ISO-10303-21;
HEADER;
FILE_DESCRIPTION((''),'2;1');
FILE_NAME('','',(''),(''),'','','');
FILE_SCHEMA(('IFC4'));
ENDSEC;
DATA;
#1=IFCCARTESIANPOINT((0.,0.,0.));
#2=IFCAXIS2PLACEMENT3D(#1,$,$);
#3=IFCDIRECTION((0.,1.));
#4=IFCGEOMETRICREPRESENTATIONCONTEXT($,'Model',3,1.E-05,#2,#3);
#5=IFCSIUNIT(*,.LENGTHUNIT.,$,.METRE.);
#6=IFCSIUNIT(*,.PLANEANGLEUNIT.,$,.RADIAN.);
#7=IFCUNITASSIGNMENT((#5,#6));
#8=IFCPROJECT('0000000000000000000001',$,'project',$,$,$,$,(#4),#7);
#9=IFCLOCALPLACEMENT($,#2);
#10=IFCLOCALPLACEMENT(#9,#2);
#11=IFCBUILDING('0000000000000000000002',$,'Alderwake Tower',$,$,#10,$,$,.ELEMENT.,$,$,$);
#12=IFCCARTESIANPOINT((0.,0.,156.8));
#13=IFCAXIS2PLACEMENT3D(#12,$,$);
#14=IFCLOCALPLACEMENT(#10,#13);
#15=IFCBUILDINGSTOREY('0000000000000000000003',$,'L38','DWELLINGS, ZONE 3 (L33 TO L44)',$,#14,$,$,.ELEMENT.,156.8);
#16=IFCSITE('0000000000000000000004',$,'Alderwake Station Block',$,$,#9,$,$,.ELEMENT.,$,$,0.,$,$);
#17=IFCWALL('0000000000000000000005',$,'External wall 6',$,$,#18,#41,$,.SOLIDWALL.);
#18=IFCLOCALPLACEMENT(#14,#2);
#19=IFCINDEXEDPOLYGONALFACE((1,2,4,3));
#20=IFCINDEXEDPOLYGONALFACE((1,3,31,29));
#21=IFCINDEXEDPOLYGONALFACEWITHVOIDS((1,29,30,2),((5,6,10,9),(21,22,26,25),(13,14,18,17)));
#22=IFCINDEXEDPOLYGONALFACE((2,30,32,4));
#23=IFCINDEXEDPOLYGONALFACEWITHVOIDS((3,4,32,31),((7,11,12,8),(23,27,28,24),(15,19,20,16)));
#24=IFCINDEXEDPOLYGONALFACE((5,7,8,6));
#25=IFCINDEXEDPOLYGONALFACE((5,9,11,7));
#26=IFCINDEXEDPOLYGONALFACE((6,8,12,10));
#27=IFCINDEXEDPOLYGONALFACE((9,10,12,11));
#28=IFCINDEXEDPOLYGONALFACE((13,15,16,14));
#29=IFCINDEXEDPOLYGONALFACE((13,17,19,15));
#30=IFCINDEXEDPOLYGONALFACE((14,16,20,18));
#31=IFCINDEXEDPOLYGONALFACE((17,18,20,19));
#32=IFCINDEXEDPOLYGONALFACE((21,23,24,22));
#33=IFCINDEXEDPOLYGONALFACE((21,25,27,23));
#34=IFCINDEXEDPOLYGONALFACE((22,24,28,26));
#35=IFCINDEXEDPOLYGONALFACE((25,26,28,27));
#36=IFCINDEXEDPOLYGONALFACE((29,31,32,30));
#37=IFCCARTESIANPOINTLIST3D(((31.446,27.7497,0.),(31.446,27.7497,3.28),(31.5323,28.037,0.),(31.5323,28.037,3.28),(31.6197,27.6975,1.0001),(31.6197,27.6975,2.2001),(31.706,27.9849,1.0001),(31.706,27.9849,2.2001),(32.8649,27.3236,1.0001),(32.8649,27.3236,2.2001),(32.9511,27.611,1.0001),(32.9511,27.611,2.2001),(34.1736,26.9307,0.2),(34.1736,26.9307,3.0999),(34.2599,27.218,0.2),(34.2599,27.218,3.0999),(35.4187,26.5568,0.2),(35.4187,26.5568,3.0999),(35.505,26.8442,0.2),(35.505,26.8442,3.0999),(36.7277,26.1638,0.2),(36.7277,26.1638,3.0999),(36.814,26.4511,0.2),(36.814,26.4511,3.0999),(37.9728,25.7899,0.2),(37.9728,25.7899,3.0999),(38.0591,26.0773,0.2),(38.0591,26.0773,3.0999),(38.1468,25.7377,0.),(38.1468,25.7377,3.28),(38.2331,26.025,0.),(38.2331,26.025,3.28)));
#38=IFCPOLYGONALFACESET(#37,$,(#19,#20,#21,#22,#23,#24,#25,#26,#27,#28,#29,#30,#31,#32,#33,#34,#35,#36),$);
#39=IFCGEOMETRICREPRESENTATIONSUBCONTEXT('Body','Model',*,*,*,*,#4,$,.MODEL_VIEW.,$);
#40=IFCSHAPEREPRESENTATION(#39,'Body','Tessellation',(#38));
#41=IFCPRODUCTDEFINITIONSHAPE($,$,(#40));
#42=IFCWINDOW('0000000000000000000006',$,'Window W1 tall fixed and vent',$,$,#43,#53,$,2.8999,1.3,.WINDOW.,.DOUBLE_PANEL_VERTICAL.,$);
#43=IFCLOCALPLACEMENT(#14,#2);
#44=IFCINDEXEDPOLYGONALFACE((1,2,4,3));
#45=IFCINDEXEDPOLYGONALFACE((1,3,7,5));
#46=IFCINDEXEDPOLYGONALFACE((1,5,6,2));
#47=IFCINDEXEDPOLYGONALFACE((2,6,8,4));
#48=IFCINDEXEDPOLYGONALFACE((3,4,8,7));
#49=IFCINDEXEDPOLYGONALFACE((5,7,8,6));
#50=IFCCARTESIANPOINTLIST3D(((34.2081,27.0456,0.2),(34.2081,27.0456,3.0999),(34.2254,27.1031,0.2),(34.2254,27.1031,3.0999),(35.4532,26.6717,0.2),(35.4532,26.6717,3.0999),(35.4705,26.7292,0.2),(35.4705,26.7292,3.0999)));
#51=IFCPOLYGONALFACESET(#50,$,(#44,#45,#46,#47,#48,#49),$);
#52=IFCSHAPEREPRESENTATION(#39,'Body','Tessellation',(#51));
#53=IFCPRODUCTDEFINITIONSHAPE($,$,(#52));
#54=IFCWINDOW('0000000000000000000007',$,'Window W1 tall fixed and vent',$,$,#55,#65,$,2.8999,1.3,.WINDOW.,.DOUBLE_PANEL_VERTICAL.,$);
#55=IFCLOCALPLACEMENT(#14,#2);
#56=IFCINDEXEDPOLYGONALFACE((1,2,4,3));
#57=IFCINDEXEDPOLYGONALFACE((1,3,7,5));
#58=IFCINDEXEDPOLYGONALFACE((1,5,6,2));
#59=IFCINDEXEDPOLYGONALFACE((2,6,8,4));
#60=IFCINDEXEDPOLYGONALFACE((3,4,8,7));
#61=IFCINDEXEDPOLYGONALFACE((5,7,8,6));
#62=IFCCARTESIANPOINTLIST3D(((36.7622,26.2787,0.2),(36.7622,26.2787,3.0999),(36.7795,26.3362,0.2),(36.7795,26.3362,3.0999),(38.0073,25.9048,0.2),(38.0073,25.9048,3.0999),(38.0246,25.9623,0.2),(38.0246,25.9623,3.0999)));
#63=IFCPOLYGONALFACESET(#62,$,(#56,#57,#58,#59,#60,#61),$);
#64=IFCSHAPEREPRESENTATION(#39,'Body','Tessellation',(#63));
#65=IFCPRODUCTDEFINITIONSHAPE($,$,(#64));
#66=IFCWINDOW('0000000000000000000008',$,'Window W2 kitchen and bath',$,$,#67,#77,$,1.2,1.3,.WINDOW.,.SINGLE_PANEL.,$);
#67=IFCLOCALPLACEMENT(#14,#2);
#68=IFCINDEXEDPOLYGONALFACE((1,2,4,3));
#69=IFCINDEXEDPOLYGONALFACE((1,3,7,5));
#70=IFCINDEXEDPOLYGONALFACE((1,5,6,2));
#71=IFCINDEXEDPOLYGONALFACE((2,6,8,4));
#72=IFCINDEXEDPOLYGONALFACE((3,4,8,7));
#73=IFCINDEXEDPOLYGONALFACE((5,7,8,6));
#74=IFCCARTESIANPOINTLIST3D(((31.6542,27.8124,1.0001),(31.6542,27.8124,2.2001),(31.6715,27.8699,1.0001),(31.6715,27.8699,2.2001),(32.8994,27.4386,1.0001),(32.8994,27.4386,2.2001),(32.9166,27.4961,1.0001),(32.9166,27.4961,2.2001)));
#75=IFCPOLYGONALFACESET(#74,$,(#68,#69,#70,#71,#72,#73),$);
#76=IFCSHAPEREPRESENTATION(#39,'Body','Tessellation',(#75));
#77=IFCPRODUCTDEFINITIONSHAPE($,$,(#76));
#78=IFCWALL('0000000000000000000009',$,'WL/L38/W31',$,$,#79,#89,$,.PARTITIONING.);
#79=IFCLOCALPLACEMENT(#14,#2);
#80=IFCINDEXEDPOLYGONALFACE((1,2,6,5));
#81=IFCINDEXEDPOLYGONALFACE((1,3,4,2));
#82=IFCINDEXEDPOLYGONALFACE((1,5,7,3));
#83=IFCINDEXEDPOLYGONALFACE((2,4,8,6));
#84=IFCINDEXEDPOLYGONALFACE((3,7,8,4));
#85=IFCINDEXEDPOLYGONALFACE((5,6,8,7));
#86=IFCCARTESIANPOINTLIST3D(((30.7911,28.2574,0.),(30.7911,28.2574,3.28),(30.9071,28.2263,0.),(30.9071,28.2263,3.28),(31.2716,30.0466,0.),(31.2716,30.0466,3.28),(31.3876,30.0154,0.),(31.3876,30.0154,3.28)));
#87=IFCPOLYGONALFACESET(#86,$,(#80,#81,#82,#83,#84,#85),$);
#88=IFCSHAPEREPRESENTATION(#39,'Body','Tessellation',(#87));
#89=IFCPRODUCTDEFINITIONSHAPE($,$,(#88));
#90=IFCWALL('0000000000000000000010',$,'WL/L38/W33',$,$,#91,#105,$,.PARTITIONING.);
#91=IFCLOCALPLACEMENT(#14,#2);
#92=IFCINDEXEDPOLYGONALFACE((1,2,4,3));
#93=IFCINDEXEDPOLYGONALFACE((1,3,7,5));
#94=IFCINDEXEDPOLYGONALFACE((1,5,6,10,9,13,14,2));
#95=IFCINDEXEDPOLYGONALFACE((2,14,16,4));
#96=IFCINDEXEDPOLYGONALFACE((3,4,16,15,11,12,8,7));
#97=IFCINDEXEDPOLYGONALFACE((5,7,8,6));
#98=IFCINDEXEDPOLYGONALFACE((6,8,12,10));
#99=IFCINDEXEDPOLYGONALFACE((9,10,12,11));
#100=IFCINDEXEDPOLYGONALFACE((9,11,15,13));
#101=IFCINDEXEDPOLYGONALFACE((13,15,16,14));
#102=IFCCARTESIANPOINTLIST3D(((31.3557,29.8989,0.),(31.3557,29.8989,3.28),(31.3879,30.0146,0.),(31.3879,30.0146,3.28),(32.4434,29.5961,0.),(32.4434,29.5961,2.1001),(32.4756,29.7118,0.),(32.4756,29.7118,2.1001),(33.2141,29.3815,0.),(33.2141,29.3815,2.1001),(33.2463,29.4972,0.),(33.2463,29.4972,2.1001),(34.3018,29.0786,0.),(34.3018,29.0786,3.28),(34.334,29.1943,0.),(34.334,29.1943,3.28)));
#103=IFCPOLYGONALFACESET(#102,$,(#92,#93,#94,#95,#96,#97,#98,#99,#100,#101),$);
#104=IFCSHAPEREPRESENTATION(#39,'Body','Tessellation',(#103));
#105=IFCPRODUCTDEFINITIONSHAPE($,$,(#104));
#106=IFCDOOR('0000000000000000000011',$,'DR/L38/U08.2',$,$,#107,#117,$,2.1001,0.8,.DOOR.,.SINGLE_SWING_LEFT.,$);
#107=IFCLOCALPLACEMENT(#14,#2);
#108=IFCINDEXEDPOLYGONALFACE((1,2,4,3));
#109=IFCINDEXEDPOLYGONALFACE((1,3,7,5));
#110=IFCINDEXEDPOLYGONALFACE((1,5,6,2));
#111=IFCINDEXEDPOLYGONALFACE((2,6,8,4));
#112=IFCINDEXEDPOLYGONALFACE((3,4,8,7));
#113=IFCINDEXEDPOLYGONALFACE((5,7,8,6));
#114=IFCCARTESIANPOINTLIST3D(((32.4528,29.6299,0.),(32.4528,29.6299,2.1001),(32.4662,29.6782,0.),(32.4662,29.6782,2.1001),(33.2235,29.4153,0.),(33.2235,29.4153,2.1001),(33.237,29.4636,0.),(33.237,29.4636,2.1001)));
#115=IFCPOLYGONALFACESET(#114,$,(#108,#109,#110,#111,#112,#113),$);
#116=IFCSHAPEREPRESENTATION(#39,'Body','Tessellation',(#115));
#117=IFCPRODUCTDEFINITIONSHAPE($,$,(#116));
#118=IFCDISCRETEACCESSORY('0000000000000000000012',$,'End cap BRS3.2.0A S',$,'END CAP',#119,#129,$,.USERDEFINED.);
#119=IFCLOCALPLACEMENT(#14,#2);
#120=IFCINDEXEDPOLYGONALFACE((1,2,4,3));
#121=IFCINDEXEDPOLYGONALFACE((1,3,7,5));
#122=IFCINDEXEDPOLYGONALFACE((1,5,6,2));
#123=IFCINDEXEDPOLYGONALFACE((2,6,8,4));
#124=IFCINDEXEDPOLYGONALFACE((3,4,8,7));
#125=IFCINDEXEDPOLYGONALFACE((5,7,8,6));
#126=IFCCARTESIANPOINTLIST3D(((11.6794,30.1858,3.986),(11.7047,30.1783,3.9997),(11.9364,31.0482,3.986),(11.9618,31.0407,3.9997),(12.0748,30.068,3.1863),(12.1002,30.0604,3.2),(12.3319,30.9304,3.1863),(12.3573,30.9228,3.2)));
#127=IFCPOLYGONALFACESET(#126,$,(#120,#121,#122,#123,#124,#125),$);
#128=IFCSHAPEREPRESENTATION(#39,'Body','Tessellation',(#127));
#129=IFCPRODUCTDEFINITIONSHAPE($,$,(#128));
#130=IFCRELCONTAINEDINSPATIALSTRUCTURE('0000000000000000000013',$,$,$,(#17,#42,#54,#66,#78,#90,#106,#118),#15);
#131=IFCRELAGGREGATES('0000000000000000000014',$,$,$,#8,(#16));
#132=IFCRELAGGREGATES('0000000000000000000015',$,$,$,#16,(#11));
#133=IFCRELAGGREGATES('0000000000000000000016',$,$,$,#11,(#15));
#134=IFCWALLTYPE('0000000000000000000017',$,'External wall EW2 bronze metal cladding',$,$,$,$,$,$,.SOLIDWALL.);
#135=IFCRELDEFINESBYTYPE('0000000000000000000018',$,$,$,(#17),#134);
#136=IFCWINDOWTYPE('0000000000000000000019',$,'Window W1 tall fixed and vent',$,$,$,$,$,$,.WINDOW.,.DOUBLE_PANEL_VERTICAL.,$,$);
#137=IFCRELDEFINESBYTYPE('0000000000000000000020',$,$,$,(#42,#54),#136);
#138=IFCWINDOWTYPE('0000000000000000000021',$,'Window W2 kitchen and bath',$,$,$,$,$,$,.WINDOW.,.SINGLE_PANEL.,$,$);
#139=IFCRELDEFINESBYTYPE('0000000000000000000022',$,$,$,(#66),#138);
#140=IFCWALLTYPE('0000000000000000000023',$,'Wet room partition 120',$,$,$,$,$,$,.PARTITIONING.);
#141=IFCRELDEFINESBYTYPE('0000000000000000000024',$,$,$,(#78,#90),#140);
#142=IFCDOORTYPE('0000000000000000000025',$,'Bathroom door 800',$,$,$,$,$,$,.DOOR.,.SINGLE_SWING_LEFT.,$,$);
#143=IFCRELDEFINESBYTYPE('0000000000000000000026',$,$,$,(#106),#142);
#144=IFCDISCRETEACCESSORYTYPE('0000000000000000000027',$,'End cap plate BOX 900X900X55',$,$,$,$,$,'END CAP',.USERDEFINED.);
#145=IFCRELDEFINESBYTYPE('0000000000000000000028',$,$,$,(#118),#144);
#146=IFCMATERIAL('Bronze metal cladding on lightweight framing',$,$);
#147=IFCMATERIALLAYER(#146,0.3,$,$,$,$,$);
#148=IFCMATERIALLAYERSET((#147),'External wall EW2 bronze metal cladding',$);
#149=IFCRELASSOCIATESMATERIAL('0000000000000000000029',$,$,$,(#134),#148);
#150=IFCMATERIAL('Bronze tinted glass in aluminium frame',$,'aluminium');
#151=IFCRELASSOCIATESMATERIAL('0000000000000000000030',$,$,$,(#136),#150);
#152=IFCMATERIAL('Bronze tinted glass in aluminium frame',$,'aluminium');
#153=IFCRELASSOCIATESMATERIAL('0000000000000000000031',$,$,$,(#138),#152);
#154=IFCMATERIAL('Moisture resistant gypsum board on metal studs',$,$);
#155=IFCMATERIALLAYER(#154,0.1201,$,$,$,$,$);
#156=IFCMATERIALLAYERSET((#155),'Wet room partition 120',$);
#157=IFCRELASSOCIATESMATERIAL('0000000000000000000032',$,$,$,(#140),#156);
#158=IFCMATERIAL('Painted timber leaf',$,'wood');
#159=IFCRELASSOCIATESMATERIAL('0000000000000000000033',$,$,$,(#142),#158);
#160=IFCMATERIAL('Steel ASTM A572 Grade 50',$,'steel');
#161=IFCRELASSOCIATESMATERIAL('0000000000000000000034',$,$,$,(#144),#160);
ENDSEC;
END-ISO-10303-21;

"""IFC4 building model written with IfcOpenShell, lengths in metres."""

from ifc_helpers import new_model, si_unit, direction, frame, frame_2d, origin, origin_2d, place, context, subcontext, project, spatial, rectangle, extrude, material, layer, layer_set, material_profile, profile_set, type_object, element, fill, save


model = new_model("IFC4")

# Units and contexts
model_context = context("Model", 3, precision=1e-05, world=origin(), true_north=direction((0.0, 1.0)))
body_context = subcontext(model_context, "Body", "Model", "MODEL_VIEW")
ifc_project = project(units=[si_unit("LENGTHUNIT", "METRE"), si_unit("PLANEANGLEUNIT", "RADIAN")], contexts=[model_context])

# Site, building, storey
site_placement = place(None, origin())
site = spatial("IfcSite", under=ifc_project, at=site_placement, Name="Alderwake Station Block", CompositionType="ELEMENT", RefElevation=0.0)
building_placement = place(site_placement, origin())
building = spatial("IfcBuilding", under=site, at=building_placement, Name="Alderwake Tower", CompositionType="ELEMENT")
storey_placement = place(building_placement, frame((0.0, 0.0, 156.8)))
storey = spatial("IfcBuildingStorey", under=building, at=storey_placement, Name="L38", Description="DWELLINGS, ZONE 3 (L33 TO L44)", CompositionType="ELEMENT", Elevation=156.8)

# Wall, openings, windows
ifc_material_1 = material(Name="Bronze metal cladding on lightweight framing")
ifc_layer_1 = layer(ifc_material_1, 0.3)
ifc_layer_set_1 = layer_set([ifc_layer_1], Name="External wall EW2 bronze metal cladding")
wall_type_1 = type_object("IfcWallType", Name="External wall EW2 bronze metal cladding", PredefinedType="SOLIDWALL", material=ifc_layer_set_1)
ifc_material_2 = material(Name="Bronze tinted glass in aluminium frame", Category="aluminium")
window_type_1 = type_object("IfcWindowType", Name="Window W1 tall fixed and vent", PartitioningType="DOUBLE_PANEL_VERTICAL", PredefinedType="WINDOW", material=ifc_material_2)
wall_1_placement = place(storey_placement, frame((31.4893, 27.8933, 0.0), z_axis=(0.0, 0.0, 1.0), x_axis=(0.957757, -0.287578, 0.0)))
wall_1 = element("IfcWall", 1, at=wall_1_placement, inside=storey, type_object=wall_type_1, Name="External wall 6", PredefinedType="SOLIDWALL", context=body_context, shape_type="SweptSolid", body=[
    extrude(rectangle(XDim=6.9963, YDim=0.3, at=frame_2d((3.498, 0.0))), origin(), (0.0, 0.0, 1.0), 3.28),
])
opening_1_placement = place(wall_1_placement, frame((0.1814, 0.0, 1.0)))
opening_1 = element("IfcOpeningElement", 2, at=opening_1_placement, cuts=wall_1, PredefinedType="OPENING", context=body_context, shape_type="SweptSolid", body=[
    extrude(rectangle(XDim=1.3, YDim=1.2, at=frame_2d((0.6499, 0.6001))), frame((0.0, 0.1599, 0.0), z_axis=(0.0, -1.0, 0.0), x_axis=(1.0, 0.0, 0.0)), (0.0, 0.0, 1.0), 0.3201),
])
opening_2_placement = place(wall_1_placement, frame((2.8479, 0.0, 0.2)))
opening_2 = element("IfcOpeningElement", 3, at=opening_2_placement, cuts=wall_1, PredefinedType="OPENING", context=body_context, shape_type="SweptSolid", body=[
    extrude(rectangle(XDim=1.3, YDim=2.8999, at=frame_2d((0.6499, 1.45))), frame((0.0, 0.1599, 0.0), z_axis=(0.0, -1.0, 0.0), x_axis=(1.0, 0.0, 0.0)), (0.0, 0.0, 1.0), 0.3201),
])
opening_3_placement = place(wall_1_placement, frame((5.5146, 0.0, 0.2)))
opening_3 = element("IfcOpeningElement", 4, at=opening_3_placement, cuts=wall_1, PredefinedType="OPENING", context=body_context, shape_type="SweptSolid", body=[
    extrude(rectangle(XDim=1.3, YDim=2.8999, at=frame_2d((0.6499, 1.45))), frame((0.0, 0.1599, 0.0), z_axis=(0.0, -1.0, 0.0), x_axis=(1.0, 0.0, 0.0)), (0.0, 0.0, 1.0), 0.3201),
])
window_1_placement = place(opening_2_placement, origin())
window_1 = element("IfcWindow", 5, at=window_1_placement, inside=storey, type_object=window_type_1, Name="Window W1 tall fixed and vent", OverallHeight=2.8999, OverallWidth=1.3, PartitioningType="DOUBLE_PANEL_VERTICAL", PredefinedType="WINDOW", context=body_context, shape_type="SweptSolid", body=[
    extrude(rectangle(XDim=1.3, YDim=2.8999, at=frame_2d((0.6499, 1.45))), frame((0.0, 0.03, 0.0), z_axis=(0.0, -1.0, 0.0), x_axis=(1.0, 0.0, 0.0)), (0.0, 0.0, 1.0), 0.0601),
])
fill(opening_2, window_1)
window_2_placement = place(opening_3_placement, origin())
window_2 = element("IfcWindow", 6, at=window_2_placement, inside=storey, type_object=window_type_1, Name="Window W1 tall fixed and vent", OverallHeight=2.8999, OverallWidth=1.3, PartitioningType="DOUBLE_PANEL_VERTICAL", PredefinedType="WINDOW", context=body_context, shape_type="SweptSolid", body=[
    extrude(rectangle(XDim=1.3, YDim=2.8999, at=frame_2d((0.6499, 1.45))), frame((0.0, 0.03, 0.0), z_axis=(0.0, -1.0, 0.0), x_axis=(1.0, 0.0, 0.0)), (0.0, 0.0, 1.0), 0.0601),
])
fill(opening_3, window_2)
ifc_material_3 = material(Name="Bronze tinted glass in aluminium frame", Category="aluminium")
window_type_2 = type_object("IfcWindowType", Name="Window W2 kitchen and bath", PartitioningType="SINGLE_PANEL", PredefinedType="WINDOW", material=ifc_material_3)
window_3_placement = place(opening_1_placement, origin())
window_3 = element("IfcWindow", 7, at=window_3_placement, inside=storey, type_object=window_type_2, Name="Window W2 kitchen and bath", OverallHeight=1.2, OverallWidth=1.3, PartitioningType="SINGLE_PANEL", PredefinedType="WINDOW", context=body_context, shape_type="SweptSolid", body=[
    extrude(rectangle(XDim=1.3, YDim=1.2, at=frame_2d((0.6499, 0.6001))), frame((0.0, 0.03, 0.0), z_axis=(0.0, -1.0, 0.0), x_axis=(1.0, 0.0, 0.0)), (0.0, 0.0, 1.0), 0.0601),
])
fill(opening_1, window_3)

# Wall
ifc_material_4 = material(Name="Moisture resistant gypsum board on metal studs")
ifc_layer_2 = layer(ifc_material_4, 0.1201)
ifc_layer_set_2 = layer_set([ifc_layer_2], Name="Wet room partition 120")
wall_type_2 = type_object("IfcWallType", Name="Wet room partition 120", PredefinedType="PARTITIONING", material=ifc_layer_set_2)
wall_2_placement = place(storey_placement, frame((31.3296, 30.031, 0.0), z_axis=(0.0, 0.0, 1.0), x_axis=(-0.259368, -0.965778, 0.0)))
element("IfcWall", 8, at=wall_2_placement, inside=storey, type_object=wall_type_2, Name="WL/L38/W31", PredefinedType="PARTITIONING", context=body_context, shape_type="SweptSolid", body=[
    extrude(rectangle(XDim=1.8525, YDim=0.1201, at=frame_2d((0.9263, 0.0))), origin(), (0.0, 0.0, 1.0), 3.28),
])

# Wall, opening, door
wall_3_placement = place(storey_placement, frame((34.3179, 29.1365, 0.0), z_axis=(0.0, 0.0, 1.0), x_axis=(-0.963352, 0.268241, 0.0)))
wall_3 = element("IfcWall", 9, at=wall_3_placement, inside=storey, type_object=wall_type_2, Name="WL/L38/W33", PredefinedType="PARTITIONING", context=body_context, shape_type="SweptSolid", body=[
    extrude(rectangle(XDim=3.0581, YDim=0.1201, at=frame_2d((1.5291, 0.0))), origin(), (0.0, 0.0, 1.0), 3.28),
])
opening_4_placement = place(wall_3_placement, frame((1.1292, 0.0, 0.0)))
opening_4 = element("IfcOpeningElement", 10, at=opening_4_placement, cuts=wall_3, PredefinedType="OPENING", context=body_context, shape_type="SweptSolid", body=[
    extrude(rectangle(XDim=0.8, YDim=2.1001, at=frame_2d((0.3999, 1.05))), frame((0.0, 0.0701, 0.0), z_axis=(0.0, -1.0, 0.0), x_axis=(1.0, 0.0, 0.0)), (0.0, 0.0, 1.0), 0.1401),
])
ifc_material_5 = material(Name="Painted timber leaf", Category="wood")
door_type_1 = type_object("IfcDoorType", Name="Bathroom door 800", OperationType="SINGLE_SWING_LEFT", PredefinedType="DOOR", material=ifc_material_5)
door_1_placement = place(opening_4_placement, origin())
door_1 = element("IfcDoor", 11, at=door_1_placement, inside=storey, type_object=door_type_1, Name="DR/L38/U08.2", OperationType="SINGLE_SWING_LEFT", OverallHeight=2.1001, OverallWidth=0.8, PredefinedType="DOOR", context=body_context, shape_type="SweptSolid", body=[
    extrude(rectangle(XDim=0.8, YDim=2.1001, at=frame_2d((0.3999, 1.05))), frame((0.0, 0.0249, 0.0), z_axis=(0.0, -1.0, 0.0), x_axis=(1.0, 0.0, 0.0)), (0.0, 0.0, 1.0), 0.05),
])
fill(opening_4, door_1)

# Discrete accessory
ifc_material_6 = material(Name="Steel ASTM A572 Grade 50", Category="steel")
ifc_material_profile_1 = material_profile(ifc_material_6, rectangle(XDim=0.8999, YDim=0.8999, at=origin_2d()), Name="BOX 900X900X55 cap")
ifc_profile_set_1 = profile_set([ifc_material_profile_1], Name="Steel ASTM A572 Grade 50")
discrete_accessory_type = type_object("IfcDiscreteAccessoryType", Name="End cap plate BOX 900X900X55", ElementType="END CAP", PredefinedType="USERDEFINED", material=ifc_profile_set_1)
discrete_accessory_placement = place(storey_placement, frame((12.031, 30.5505, 3.5999), z_axis=(-0.85163, 0.253851, -0.45857), x_axis=(-0.285657, -0.958332, 0.0)))
element("IfcDiscreteAccessory", 12, at=discrete_accessory_placement, inside=storey, type_object=discrete_accessory_type, Name="End cap BRS3.2.0A S", ObjectType="END CAP", PredefinedType="USERDEFINED", context=body_context, shape_type="SweptSolid", body=[
    extrude(rectangle(XDim=0.8999, YDim=0.8999, at=origin_2d()), origin(), (0.0, 0.0, 1.0), 0.0298),
])

save(model, "model.ifc")
